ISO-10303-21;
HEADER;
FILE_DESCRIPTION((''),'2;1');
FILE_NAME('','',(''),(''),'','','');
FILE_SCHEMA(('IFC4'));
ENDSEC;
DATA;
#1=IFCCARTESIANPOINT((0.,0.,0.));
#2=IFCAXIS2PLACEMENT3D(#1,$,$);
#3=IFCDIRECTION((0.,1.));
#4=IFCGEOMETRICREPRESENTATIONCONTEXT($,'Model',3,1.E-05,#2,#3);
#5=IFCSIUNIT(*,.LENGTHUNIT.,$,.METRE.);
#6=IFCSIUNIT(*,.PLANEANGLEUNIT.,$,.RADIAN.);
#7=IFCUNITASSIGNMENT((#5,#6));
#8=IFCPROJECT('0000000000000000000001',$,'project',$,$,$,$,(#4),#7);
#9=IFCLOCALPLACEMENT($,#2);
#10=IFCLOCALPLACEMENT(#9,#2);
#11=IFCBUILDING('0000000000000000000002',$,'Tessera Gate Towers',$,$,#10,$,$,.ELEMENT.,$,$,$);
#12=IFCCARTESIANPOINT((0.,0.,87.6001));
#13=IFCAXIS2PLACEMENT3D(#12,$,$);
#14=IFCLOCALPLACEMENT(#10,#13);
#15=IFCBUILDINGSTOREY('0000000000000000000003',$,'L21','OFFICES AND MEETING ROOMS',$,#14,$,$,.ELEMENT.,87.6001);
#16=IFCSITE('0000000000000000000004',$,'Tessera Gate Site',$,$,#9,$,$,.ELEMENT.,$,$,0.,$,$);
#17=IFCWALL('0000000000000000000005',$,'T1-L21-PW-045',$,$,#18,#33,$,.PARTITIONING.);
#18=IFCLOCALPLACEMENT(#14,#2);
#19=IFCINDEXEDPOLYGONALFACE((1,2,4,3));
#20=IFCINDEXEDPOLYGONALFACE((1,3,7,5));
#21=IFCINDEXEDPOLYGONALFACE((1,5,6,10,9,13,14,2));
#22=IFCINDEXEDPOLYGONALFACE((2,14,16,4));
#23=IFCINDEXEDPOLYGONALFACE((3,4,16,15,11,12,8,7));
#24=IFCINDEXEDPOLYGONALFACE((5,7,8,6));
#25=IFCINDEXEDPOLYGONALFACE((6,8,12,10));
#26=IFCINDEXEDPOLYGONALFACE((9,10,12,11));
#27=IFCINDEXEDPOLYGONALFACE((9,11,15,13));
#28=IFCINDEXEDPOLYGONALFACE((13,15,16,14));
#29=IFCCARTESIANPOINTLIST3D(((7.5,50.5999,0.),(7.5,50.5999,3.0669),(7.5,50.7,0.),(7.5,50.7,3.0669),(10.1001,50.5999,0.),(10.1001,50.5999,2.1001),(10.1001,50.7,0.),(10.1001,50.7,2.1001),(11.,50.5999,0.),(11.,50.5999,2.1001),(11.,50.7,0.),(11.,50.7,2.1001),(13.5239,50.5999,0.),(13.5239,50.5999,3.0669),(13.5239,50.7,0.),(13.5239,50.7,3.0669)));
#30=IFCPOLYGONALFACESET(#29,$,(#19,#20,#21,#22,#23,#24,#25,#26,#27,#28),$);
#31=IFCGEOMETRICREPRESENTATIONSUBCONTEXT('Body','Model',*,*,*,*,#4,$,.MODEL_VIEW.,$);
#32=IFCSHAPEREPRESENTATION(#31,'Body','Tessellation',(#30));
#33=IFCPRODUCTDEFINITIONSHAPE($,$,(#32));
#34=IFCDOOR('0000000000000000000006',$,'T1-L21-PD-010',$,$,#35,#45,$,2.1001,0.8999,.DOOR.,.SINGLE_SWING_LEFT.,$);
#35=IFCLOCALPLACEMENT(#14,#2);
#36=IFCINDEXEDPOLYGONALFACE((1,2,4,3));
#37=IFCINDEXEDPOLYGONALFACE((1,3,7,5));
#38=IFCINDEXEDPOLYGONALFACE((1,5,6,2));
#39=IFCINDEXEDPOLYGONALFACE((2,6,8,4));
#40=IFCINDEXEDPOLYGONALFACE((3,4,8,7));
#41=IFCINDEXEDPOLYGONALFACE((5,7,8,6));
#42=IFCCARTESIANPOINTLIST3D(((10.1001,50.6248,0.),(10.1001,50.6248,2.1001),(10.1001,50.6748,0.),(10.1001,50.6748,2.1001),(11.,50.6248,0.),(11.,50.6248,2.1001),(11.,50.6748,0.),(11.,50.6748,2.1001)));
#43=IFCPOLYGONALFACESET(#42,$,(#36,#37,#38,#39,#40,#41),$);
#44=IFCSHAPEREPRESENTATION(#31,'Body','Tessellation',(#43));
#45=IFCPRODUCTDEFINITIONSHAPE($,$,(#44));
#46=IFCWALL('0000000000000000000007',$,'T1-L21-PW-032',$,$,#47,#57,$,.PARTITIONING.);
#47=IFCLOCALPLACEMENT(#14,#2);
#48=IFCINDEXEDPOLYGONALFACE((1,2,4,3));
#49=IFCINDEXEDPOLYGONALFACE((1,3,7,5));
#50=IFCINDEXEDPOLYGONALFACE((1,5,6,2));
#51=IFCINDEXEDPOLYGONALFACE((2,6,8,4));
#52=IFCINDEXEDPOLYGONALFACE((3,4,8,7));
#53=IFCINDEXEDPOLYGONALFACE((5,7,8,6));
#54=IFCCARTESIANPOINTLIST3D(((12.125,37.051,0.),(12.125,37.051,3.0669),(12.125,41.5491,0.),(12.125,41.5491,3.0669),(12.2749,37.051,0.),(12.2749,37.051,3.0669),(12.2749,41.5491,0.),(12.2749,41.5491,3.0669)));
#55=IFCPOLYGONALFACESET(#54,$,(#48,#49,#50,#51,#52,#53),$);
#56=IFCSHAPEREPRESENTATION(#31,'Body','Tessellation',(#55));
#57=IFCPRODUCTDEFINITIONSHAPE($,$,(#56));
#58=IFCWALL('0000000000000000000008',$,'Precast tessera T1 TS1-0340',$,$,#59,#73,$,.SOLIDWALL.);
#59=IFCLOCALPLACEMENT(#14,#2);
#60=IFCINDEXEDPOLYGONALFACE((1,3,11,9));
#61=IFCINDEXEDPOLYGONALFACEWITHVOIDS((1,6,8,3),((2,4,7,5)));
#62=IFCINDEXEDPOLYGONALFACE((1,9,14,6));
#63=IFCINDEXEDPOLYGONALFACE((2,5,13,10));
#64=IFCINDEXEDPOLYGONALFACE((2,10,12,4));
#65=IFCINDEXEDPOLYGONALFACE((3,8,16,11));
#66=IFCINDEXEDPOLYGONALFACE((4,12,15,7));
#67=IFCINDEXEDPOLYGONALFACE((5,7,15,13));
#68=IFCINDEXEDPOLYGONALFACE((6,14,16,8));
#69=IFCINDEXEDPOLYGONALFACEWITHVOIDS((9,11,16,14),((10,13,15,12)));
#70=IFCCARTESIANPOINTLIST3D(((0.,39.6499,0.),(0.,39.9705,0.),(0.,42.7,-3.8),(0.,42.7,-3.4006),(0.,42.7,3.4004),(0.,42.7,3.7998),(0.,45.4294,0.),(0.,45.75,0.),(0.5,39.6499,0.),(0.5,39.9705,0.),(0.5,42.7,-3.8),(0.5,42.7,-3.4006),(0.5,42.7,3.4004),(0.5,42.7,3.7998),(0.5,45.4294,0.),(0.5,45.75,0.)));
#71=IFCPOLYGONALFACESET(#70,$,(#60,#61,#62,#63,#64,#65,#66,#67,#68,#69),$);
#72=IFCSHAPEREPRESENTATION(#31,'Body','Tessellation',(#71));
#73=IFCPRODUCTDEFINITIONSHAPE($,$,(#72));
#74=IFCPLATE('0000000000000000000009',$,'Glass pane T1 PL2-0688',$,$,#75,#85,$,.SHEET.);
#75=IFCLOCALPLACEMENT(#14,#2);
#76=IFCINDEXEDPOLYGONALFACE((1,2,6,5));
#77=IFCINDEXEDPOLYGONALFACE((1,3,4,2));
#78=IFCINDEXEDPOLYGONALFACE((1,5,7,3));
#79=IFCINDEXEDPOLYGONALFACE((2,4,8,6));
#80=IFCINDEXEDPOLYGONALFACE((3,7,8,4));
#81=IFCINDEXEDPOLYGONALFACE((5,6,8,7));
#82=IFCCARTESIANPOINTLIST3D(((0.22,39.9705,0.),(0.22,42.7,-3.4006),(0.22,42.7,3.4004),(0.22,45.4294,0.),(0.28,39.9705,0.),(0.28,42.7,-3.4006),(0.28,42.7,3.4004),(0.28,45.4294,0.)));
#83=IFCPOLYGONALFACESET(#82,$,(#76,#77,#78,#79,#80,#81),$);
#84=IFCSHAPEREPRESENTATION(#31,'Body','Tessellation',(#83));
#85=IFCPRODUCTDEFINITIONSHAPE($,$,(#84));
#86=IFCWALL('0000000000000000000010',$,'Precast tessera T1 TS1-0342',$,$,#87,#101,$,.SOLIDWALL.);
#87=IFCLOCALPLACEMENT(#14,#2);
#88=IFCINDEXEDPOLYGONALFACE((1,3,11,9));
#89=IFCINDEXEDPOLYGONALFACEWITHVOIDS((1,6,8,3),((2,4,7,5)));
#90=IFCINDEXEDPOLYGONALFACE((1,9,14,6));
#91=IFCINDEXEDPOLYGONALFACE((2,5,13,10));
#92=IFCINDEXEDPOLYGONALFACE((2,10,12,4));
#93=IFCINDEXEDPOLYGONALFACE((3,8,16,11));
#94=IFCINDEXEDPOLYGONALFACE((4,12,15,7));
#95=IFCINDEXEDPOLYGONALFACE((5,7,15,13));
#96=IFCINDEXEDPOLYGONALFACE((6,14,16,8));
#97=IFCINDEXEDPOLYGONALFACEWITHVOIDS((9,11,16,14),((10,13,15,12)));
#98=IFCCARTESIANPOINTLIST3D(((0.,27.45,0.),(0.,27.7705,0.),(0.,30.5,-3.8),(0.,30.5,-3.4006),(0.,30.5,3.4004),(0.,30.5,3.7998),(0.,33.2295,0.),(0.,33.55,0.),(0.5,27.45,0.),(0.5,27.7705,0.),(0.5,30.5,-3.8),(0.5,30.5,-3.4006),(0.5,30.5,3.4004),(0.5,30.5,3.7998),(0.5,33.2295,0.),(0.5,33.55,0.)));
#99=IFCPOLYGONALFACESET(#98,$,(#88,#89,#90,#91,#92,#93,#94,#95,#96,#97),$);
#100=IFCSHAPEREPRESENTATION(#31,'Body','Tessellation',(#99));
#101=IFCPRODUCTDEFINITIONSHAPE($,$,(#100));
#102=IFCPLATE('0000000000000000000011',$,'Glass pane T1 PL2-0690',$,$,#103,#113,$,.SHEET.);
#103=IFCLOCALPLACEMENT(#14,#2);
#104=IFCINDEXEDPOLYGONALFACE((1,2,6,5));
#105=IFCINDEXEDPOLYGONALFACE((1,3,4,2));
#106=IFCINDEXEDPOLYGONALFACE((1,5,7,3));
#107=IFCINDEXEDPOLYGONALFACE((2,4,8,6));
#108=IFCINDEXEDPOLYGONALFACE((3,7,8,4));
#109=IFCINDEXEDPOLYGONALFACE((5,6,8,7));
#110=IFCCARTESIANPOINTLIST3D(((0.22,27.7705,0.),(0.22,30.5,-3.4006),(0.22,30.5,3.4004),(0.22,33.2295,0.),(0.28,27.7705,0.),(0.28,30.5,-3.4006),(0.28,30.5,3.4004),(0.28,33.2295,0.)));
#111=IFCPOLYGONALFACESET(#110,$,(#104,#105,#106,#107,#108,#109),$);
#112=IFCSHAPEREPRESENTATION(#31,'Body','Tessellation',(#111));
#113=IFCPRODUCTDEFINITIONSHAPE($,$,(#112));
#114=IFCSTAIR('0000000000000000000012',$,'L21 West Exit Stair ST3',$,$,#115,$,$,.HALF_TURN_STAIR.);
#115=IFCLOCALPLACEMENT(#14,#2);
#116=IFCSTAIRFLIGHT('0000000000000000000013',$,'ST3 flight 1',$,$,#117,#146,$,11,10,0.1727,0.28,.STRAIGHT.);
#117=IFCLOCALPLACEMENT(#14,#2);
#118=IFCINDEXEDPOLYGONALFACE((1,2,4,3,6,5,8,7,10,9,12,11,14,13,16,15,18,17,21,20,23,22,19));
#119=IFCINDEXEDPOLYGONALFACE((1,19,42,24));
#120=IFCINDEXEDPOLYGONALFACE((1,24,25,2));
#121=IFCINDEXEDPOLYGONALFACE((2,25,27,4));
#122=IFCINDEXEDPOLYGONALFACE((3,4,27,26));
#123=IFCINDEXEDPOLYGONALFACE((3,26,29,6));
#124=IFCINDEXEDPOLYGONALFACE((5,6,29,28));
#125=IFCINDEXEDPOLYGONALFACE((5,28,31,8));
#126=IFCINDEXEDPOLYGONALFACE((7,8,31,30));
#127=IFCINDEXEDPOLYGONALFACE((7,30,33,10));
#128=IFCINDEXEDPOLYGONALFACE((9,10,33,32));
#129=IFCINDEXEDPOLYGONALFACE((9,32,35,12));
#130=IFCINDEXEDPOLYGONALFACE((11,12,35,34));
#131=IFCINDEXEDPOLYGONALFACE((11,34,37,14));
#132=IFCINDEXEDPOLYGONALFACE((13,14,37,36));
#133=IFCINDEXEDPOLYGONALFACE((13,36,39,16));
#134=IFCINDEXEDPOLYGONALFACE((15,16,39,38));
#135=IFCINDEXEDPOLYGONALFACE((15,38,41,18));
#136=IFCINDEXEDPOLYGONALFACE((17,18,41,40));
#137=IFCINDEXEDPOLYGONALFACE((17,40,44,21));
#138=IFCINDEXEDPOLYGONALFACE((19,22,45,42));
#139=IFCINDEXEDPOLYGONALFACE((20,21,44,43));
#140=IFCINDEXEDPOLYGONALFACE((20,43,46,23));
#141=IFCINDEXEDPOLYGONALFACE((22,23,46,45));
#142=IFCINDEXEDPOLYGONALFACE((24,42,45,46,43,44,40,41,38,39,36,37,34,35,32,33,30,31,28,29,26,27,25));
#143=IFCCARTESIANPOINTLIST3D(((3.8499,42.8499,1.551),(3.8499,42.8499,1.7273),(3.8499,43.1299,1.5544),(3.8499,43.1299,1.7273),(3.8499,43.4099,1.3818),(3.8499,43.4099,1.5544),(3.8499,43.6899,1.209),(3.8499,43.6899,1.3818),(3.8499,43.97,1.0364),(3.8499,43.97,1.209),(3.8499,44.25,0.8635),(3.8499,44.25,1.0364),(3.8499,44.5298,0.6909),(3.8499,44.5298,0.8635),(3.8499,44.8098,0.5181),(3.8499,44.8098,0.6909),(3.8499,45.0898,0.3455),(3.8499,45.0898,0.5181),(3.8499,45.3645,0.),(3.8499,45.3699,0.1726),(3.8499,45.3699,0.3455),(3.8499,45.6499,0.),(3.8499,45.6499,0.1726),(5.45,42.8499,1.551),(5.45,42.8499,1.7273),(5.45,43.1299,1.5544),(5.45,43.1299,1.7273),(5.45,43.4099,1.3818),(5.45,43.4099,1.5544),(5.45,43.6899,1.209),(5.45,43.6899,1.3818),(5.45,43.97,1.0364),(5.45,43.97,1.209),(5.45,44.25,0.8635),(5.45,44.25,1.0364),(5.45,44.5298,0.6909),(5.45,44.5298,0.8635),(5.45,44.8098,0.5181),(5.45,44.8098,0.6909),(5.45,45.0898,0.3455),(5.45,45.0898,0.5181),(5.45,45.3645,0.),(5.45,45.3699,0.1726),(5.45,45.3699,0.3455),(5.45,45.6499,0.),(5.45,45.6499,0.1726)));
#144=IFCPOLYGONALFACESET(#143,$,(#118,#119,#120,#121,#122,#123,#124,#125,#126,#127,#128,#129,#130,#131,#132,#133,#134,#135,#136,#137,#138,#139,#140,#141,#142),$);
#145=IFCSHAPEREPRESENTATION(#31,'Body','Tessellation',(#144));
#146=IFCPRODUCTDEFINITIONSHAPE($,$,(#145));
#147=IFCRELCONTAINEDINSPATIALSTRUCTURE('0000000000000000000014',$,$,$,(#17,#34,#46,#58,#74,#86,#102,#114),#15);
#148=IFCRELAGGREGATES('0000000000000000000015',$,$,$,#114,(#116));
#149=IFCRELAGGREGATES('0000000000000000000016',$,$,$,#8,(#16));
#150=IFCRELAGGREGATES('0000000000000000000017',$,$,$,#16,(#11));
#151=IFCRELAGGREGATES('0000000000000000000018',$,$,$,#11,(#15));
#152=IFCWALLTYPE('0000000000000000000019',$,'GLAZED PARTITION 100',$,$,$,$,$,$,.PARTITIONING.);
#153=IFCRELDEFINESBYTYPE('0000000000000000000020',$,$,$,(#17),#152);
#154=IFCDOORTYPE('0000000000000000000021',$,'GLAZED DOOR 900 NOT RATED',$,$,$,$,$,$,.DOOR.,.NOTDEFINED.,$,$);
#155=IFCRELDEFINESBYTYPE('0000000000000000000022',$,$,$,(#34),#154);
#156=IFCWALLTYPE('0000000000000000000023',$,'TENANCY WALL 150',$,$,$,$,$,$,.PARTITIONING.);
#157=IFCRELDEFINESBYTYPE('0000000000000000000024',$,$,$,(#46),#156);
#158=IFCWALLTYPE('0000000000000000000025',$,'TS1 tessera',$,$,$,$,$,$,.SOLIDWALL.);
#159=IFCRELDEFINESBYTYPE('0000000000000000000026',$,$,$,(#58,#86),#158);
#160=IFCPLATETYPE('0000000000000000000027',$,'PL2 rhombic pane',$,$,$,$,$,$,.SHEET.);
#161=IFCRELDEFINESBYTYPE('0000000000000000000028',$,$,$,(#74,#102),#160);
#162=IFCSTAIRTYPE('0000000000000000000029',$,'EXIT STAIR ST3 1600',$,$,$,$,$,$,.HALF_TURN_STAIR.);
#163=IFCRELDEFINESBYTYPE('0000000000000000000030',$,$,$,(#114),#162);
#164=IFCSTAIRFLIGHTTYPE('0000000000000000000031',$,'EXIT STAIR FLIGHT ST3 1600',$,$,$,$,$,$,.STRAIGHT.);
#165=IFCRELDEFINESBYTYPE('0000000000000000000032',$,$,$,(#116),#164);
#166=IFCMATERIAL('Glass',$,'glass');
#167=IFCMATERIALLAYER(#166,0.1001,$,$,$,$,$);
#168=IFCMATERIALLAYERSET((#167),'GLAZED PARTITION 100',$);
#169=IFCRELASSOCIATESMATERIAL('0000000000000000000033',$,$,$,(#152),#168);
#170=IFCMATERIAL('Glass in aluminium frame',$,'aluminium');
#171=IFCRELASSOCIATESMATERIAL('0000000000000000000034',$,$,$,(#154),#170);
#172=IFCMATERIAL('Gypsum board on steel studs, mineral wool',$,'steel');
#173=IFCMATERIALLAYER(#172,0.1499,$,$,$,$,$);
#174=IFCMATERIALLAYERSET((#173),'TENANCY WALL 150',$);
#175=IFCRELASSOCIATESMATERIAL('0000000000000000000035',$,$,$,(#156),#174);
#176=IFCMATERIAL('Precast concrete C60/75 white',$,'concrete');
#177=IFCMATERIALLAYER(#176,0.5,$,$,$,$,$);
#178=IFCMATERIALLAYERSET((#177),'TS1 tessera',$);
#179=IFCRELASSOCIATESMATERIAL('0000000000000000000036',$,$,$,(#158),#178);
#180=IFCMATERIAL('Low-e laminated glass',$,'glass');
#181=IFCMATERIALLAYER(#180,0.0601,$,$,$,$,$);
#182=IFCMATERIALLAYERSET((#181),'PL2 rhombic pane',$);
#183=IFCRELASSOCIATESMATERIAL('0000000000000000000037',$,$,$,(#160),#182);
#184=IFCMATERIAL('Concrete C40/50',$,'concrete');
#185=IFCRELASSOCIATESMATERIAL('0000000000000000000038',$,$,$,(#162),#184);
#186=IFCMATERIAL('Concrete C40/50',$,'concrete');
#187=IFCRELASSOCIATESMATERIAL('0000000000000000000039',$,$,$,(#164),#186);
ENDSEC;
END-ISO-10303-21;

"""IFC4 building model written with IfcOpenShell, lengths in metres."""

from ifc_helpers import new_model, si_unit, direction, frame, frame_2d, origin, place, context, subcontext, project, spatial, polyline, rectangle, outline, extrude, source, transform, mapped, material, layer, layer_set, type_object, element, fill, aggregate, save


model = new_model("IFC4")

# Units and contexts
model_context = context("Model", 3, precision=1e-05, world=origin(), true_north=direction((0.0, 1.0)))
body_context = subcontext(model_context, "Body", "Model", "MODEL_VIEW")
ifc_project = project(units=[si_unit("LENGTHUNIT", "METRE"), si_unit("PLANEANGLEUNIT", "RADIAN")], contexts=[model_context])

# Site, building, storey
site_placement = place(None, origin())
site = spatial("IfcSite", under=ifc_project, at=site_placement, Name="Tessera Gate Site", CompositionType="ELEMENT", RefElevation=0.0)
building_placement = place(site_placement, origin())
building = spatial("IfcBuilding", under=site, at=building_placement, Name="Tessera Gate Towers", CompositionType="ELEMENT")
storey_placement = place(building_placement, frame((0.0, 0.0, 87.6001)))
storey = spatial("IfcBuildingStorey", under=building, at=storey_placement, Name="L21", Description="OFFICES AND MEETING ROOMS", CompositionType="ELEMENT", Elevation=87.6001)

# Shared definitions
shared_shape_1 = source(origin(), body_context, "Body", "SweptSolid", [
    extrude(rectangle(XDim=0.8999, YDim=2.1001, at=frame_2d((0.45, 1.05))), frame((0.0, 0.0249, 0.0), z_axis=(0.0, -1.0, 0.0), x_axis=(1.0, 0.0, 0.0)), (0.0, 0.0, 1.0), 0.05),
])

# Wall, opening, door
ifc_material_1 = material(Name="Glass", Category="glass")
ifc_layer_1 = layer(ifc_material_1, 0.1001)
ifc_layer_set_1 = layer_set([ifc_layer_1], Name="GLAZED PARTITION 100")
wall_type_1 = type_object("IfcWallType", Name="GLAZED PARTITION 100", PredefinedType="PARTITIONING", material=ifc_layer_set_1)
wall_1_placement = place(storey_placement, frame((7.5, 50.6499, 0.0), z_axis=(0.0, 0.0, 1.0), x_axis=(1.0, 0.0, 0.0)))
wall_1 = element("IfcWall", 1, at=wall_1_placement, inside=storey, type_object=wall_type_1, Name="T1-L21-PW-045", PredefinedType="PARTITIONING", context=body_context, shape_type="SweptSolid", body=[
    extrude(rectangle(XDim=6.0239, YDim=0.1001, at=frame_2d((3.012, 0.0))), origin(), (0.0, 0.0, 1.0), 3.0669),
])
shared_shape_2 = source(origin(), body_context, "Body", "SweptSolid", [
    extrude(rectangle(XDim=0.8999, YDim=2.1001, at=frame_2d((0.45, 1.05))), frame((0.0, 0.0601, 0.0), z_axis=(0.0, -1.0, 0.0), x_axis=(1.0, 0.0, 0.0)), (0.0, 0.0, 1.0), 0.1201),
])
opening_1_placement = place(wall_1_placement, frame((2.6001, 0.0, 0.0)))
opening_1 = element("IfcOpeningElement", 2, at=opening_1_placement, cuts=wall_1, PredefinedType="OPENING", context=body_context, shape_type="MappedRepresentation", body=[
    mapped(shared_shape_2, transform((0.0, 0.0, 0.0), scale=1.0)),
])
ifc_material_2 = material(Name="Glass in aluminium frame", Category="aluminium")
door_type_1 = type_object("IfcDoorType", Name="GLAZED DOOR 900 NOT RATED", OperationType="NOTDEFINED", PredefinedType="DOOR", material=ifc_material_2)
door_1_placement = place(opening_1_placement, origin())
door_1 = element("IfcDoor", 3, at=door_1_placement, inside=storey, type_object=door_type_1, Name="T1-L21-PD-010", OperationType="SINGLE_SWING_LEFT", OverallHeight=2.1001, OverallWidth=0.8999, PredefinedType="DOOR", context=body_context, shape_type="MappedRepresentation", body=[
    mapped(shared_shape_1, transform((0.0, 0.0, 0.0), scale=1.0)),
])
fill(opening_1, door_1)

# Wall
ifc_material_3 = material(Name="Gypsum board on steel studs, mineral wool", Category="steel")
ifc_layer_2 = layer(ifc_material_3, 0.1499)
ifc_layer_set_2 = layer_set([ifc_layer_2], Name="TENANCY WALL 150")
wall_type_2 = type_object("IfcWallType", Name="TENANCY WALL 150", PredefinedType="PARTITIONING", material=ifc_layer_set_2)
wall_2_placement = place(storey_placement, frame((12.2, 37.051, 0.0), z_axis=(0.0, 0.0, 1.0), x_axis=(0.0, 1.0, 0.0)))
element("IfcWall", 4, at=wall_2_placement, inside=storey, type_object=wall_type_2, Name="T1-L21-PW-032", PredefinedType="PARTITIONING", context=body_context, shape_type="SweptSolid", body=[
    extrude(rectangle(XDim=4.498, YDim=0.1499, at=frame_2d((2.249, 0.0))), origin(), (0.0, 0.0, 1.0), 3.0669),
])

# Walls, openings, plates
ifc_material_4 = material(Name="Precast concrete C60/75 white", Category="concrete")
ifc_layer_3 = layer(ifc_material_4, 0.5)
ifc_layer_set_3 = layer_set([ifc_layer_3], Name="TS1 tessera")
wall_type_3 = type_object("IfcWallType", Name="TS1 tessera", PredefinedType="SOLIDWALL", material=ifc_layer_set_3)
shared_shape_3 = source(origin(), body_context, "Body", "SweptSolid", [
    extrude(outline(polyline([(3.05, 0.0), (6.1001, 3.8), (3.05, 7.5999), (0.0, 3.8), (3.05, 0.0)])), frame((0.0, 0.25, 0.0), z_axis=(0.0, -1.0, 0.0), x_axis=(1.0, 0.0, 0.0)), (0.0, 0.0, 1.0), 0.5),
])
wall_3_placement = place(storey_placement, frame((0.25, 45.75, -3.8), z_axis=(0.0, 0.0, 1.0), x_axis=(0.0, -1.0, 0.0)))
wall_3 = element("IfcWall", 5, at=wall_3_placement, inside=storey, type_object=wall_type_3, Name="Precast tessera T1 TS1-0340", PredefinedType="SOLIDWALL", context=body_context, shape_type="MappedRepresentation", body=[
    mapped(shared_shape_3, transform((0.0, 0.0, 0.0), scale=1.0)),
])
shared_shape_4 = source(origin(), body_context, "Body", "SweptSolid", [
    extrude(outline(polyline([(3.05, 0.3994), (5.7795, 3.8), (3.05, 7.2004), (0.3206, 3.8), (3.05, 0.3994)])), frame((0.0, 0.26, 0.0), z_axis=(0.0, -1.0, 0.0), x_axis=(1.0, 0.0, 0.0)), (0.0, 0.0, 1.0), 0.52),
])
opening_2_placement = place(wall_3_placement, origin())
opening_2 = element("IfcOpeningElement", 6, at=opening_2_placement, cuts=wall_3, PredefinedType="OPENING", context=body_context, shape_type="MappedRepresentation", body=[
    mapped(shared_shape_4, transform((0.0, 0.0, 0.0), scale=1.0)),
])
ifc_material_5 = material(Name="Low-e laminated glass", Category="glass")
ifc_layer_4 = layer(ifc_material_5, 0.0601)
ifc_layer_set_4 = layer_set([ifc_layer_4], Name="PL2 rhombic pane")
plate_type = type_object("IfcPlateType", Name="PL2 rhombic pane", PredefinedType="SHEET", material=ifc_layer_set_4)
shared_shape_5 = source(origin(), body_context, "Body", "SweptSolid", [
    extrude(outline(polyline([(3.05, 0.3994), (5.7795, 3.8), (3.05, 7.2004), (0.3206, 3.8), (3.05, 0.3994)])), frame((0.0, 0.03, 0.0), z_axis=(0.0, -1.0, 0.0), x_axis=(1.0, 0.0, 0.0)), (0.0, 0.0, 1.0), 0.0601),
])
plate_1_placement = place(opening_2_placement, origin())
plate_1 = element("IfcPlate", 7, at=plate_1_placement, inside=storey, type_object=plate_type, Name="Glass pane T1 PL2-0688", PredefinedType="SHEET", context=body_context, shape_type="MappedRepresentation", body=[
    mapped(shared_shape_5, transform((0.0, 0.0, 0.0), scale=1.0)),
])
fill(opening_2, plate_1)
wall_4_placement = place(storey_placement, frame((0.25, 33.55, -3.8), z_axis=(0.0, 0.0, 1.0), x_axis=(0.0, -1.0, 0.0)))
wall_4 = element("IfcWall", 8, at=wall_4_placement, inside=storey, type_object=wall_type_3, Name="Precast tessera T1 TS1-0342", PredefinedType="SOLIDWALL", context=body_context, shape_type="MappedRepresentation", body=[
    mapped(shared_shape_3, transform((0.0, 0.0, 0.0), scale=1.0)),
])
opening_3_placement = place(wall_4_placement, origin())
opening_3 = element("IfcOpeningElement", 9, at=opening_3_placement, cuts=wall_4, PredefinedType="OPENING", context=body_context, shape_type="MappedRepresentation", body=[
    mapped(shared_shape_4, transform((0.0, 0.0, 0.0), scale=1.0)),
])
plate_2_placement = place(opening_3_placement, origin())
plate_2 = element("IfcPlate", 10, at=plate_2_placement, inside=storey, type_object=plate_type, Name="Glass pane T1 PL2-0690", PredefinedType="SHEET", context=body_context, shape_type="MappedRepresentation", body=[
    mapped(shared_shape_5, transform((0.0, 0.0, 0.0), scale=1.0)),
])
fill(opening_3, plate_2)

# Stair, stair flight
ifc_material_6 = material(Name="Concrete C40/50", Category="concrete")
stair_type = type_object("IfcStairType", Name="EXIT STAIR ST3 1600", PredefinedType="HALF_TURN_STAIR", material=ifc_material_6)
stair_placement = place(storey_placement, origin())
stair = element("IfcStair", 11, at=stair_placement, inside=storey, type_object=stair_type, Name="L21 West Exit Stair ST3", PredefinedType="HALF_TURN_STAIR")
ifc_material_7 = material(Name="Concrete C40/50", Category="concrete")
stair_flight_type = type_object("IfcStairFlightType", Name="EXIT STAIR FLIGHT ST3 1600", PredefinedType="STRAIGHT", material=ifc_material_7)
stair_flight_1_placement = place(storey_placement, frame((4.6499, 45.6499, 0.0), z_axis=(0.0, 0.0, 1.0), x_axis=(0.0, -1.0, 0.0)))
stair_flight_1 = element("IfcStairFlight", 12, at=stair_flight_1_placement, type_object=stair_flight_type, Name="ST3 flight 1", NumberOfRisers=11, NumberOfTreads=10, PredefinedType="STRAIGHT", RiserHeight=0.1727, TreadLength=0.28, context=body_context, shape_type="SweptSolid", body=[
    extrude(outline(polyline([(0.0, 0.0), (0.0, 0.1726), (0.28, 0.1726), (0.28, 0.3455), (0.5601, 0.3455), (0.5601, 0.5181), (0.8401, 0.5181), (0.8401, 0.6909), (1.1201, 0.6909), (1.1201, 0.8635), (1.3999, 0.8635), (1.3999, 1.0364), (1.6799, 1.0364), (1.6799, 1.209), (1.96, 1.209), (1.96, 1.3818), (2.24, 1.3818), (2.24, 1.5544), (2.52, 1.5544), (2.52, 1.7273), (2.8, 1.7273), (2.8, 1.8999), (2.8, 1.551), (0.2854, 0.0), (0.0, 0.0)])), frame((0.0, 0.8, 0.0), z_axis=(0.0, -1.0, 0.0), x_axis=(1.0, 0.0, 0.0)), (0.0, 0.0, 1.0), 1.6001),
])
aggregate(stair, [stair_flight_1])

save(model, "model.ifc")
